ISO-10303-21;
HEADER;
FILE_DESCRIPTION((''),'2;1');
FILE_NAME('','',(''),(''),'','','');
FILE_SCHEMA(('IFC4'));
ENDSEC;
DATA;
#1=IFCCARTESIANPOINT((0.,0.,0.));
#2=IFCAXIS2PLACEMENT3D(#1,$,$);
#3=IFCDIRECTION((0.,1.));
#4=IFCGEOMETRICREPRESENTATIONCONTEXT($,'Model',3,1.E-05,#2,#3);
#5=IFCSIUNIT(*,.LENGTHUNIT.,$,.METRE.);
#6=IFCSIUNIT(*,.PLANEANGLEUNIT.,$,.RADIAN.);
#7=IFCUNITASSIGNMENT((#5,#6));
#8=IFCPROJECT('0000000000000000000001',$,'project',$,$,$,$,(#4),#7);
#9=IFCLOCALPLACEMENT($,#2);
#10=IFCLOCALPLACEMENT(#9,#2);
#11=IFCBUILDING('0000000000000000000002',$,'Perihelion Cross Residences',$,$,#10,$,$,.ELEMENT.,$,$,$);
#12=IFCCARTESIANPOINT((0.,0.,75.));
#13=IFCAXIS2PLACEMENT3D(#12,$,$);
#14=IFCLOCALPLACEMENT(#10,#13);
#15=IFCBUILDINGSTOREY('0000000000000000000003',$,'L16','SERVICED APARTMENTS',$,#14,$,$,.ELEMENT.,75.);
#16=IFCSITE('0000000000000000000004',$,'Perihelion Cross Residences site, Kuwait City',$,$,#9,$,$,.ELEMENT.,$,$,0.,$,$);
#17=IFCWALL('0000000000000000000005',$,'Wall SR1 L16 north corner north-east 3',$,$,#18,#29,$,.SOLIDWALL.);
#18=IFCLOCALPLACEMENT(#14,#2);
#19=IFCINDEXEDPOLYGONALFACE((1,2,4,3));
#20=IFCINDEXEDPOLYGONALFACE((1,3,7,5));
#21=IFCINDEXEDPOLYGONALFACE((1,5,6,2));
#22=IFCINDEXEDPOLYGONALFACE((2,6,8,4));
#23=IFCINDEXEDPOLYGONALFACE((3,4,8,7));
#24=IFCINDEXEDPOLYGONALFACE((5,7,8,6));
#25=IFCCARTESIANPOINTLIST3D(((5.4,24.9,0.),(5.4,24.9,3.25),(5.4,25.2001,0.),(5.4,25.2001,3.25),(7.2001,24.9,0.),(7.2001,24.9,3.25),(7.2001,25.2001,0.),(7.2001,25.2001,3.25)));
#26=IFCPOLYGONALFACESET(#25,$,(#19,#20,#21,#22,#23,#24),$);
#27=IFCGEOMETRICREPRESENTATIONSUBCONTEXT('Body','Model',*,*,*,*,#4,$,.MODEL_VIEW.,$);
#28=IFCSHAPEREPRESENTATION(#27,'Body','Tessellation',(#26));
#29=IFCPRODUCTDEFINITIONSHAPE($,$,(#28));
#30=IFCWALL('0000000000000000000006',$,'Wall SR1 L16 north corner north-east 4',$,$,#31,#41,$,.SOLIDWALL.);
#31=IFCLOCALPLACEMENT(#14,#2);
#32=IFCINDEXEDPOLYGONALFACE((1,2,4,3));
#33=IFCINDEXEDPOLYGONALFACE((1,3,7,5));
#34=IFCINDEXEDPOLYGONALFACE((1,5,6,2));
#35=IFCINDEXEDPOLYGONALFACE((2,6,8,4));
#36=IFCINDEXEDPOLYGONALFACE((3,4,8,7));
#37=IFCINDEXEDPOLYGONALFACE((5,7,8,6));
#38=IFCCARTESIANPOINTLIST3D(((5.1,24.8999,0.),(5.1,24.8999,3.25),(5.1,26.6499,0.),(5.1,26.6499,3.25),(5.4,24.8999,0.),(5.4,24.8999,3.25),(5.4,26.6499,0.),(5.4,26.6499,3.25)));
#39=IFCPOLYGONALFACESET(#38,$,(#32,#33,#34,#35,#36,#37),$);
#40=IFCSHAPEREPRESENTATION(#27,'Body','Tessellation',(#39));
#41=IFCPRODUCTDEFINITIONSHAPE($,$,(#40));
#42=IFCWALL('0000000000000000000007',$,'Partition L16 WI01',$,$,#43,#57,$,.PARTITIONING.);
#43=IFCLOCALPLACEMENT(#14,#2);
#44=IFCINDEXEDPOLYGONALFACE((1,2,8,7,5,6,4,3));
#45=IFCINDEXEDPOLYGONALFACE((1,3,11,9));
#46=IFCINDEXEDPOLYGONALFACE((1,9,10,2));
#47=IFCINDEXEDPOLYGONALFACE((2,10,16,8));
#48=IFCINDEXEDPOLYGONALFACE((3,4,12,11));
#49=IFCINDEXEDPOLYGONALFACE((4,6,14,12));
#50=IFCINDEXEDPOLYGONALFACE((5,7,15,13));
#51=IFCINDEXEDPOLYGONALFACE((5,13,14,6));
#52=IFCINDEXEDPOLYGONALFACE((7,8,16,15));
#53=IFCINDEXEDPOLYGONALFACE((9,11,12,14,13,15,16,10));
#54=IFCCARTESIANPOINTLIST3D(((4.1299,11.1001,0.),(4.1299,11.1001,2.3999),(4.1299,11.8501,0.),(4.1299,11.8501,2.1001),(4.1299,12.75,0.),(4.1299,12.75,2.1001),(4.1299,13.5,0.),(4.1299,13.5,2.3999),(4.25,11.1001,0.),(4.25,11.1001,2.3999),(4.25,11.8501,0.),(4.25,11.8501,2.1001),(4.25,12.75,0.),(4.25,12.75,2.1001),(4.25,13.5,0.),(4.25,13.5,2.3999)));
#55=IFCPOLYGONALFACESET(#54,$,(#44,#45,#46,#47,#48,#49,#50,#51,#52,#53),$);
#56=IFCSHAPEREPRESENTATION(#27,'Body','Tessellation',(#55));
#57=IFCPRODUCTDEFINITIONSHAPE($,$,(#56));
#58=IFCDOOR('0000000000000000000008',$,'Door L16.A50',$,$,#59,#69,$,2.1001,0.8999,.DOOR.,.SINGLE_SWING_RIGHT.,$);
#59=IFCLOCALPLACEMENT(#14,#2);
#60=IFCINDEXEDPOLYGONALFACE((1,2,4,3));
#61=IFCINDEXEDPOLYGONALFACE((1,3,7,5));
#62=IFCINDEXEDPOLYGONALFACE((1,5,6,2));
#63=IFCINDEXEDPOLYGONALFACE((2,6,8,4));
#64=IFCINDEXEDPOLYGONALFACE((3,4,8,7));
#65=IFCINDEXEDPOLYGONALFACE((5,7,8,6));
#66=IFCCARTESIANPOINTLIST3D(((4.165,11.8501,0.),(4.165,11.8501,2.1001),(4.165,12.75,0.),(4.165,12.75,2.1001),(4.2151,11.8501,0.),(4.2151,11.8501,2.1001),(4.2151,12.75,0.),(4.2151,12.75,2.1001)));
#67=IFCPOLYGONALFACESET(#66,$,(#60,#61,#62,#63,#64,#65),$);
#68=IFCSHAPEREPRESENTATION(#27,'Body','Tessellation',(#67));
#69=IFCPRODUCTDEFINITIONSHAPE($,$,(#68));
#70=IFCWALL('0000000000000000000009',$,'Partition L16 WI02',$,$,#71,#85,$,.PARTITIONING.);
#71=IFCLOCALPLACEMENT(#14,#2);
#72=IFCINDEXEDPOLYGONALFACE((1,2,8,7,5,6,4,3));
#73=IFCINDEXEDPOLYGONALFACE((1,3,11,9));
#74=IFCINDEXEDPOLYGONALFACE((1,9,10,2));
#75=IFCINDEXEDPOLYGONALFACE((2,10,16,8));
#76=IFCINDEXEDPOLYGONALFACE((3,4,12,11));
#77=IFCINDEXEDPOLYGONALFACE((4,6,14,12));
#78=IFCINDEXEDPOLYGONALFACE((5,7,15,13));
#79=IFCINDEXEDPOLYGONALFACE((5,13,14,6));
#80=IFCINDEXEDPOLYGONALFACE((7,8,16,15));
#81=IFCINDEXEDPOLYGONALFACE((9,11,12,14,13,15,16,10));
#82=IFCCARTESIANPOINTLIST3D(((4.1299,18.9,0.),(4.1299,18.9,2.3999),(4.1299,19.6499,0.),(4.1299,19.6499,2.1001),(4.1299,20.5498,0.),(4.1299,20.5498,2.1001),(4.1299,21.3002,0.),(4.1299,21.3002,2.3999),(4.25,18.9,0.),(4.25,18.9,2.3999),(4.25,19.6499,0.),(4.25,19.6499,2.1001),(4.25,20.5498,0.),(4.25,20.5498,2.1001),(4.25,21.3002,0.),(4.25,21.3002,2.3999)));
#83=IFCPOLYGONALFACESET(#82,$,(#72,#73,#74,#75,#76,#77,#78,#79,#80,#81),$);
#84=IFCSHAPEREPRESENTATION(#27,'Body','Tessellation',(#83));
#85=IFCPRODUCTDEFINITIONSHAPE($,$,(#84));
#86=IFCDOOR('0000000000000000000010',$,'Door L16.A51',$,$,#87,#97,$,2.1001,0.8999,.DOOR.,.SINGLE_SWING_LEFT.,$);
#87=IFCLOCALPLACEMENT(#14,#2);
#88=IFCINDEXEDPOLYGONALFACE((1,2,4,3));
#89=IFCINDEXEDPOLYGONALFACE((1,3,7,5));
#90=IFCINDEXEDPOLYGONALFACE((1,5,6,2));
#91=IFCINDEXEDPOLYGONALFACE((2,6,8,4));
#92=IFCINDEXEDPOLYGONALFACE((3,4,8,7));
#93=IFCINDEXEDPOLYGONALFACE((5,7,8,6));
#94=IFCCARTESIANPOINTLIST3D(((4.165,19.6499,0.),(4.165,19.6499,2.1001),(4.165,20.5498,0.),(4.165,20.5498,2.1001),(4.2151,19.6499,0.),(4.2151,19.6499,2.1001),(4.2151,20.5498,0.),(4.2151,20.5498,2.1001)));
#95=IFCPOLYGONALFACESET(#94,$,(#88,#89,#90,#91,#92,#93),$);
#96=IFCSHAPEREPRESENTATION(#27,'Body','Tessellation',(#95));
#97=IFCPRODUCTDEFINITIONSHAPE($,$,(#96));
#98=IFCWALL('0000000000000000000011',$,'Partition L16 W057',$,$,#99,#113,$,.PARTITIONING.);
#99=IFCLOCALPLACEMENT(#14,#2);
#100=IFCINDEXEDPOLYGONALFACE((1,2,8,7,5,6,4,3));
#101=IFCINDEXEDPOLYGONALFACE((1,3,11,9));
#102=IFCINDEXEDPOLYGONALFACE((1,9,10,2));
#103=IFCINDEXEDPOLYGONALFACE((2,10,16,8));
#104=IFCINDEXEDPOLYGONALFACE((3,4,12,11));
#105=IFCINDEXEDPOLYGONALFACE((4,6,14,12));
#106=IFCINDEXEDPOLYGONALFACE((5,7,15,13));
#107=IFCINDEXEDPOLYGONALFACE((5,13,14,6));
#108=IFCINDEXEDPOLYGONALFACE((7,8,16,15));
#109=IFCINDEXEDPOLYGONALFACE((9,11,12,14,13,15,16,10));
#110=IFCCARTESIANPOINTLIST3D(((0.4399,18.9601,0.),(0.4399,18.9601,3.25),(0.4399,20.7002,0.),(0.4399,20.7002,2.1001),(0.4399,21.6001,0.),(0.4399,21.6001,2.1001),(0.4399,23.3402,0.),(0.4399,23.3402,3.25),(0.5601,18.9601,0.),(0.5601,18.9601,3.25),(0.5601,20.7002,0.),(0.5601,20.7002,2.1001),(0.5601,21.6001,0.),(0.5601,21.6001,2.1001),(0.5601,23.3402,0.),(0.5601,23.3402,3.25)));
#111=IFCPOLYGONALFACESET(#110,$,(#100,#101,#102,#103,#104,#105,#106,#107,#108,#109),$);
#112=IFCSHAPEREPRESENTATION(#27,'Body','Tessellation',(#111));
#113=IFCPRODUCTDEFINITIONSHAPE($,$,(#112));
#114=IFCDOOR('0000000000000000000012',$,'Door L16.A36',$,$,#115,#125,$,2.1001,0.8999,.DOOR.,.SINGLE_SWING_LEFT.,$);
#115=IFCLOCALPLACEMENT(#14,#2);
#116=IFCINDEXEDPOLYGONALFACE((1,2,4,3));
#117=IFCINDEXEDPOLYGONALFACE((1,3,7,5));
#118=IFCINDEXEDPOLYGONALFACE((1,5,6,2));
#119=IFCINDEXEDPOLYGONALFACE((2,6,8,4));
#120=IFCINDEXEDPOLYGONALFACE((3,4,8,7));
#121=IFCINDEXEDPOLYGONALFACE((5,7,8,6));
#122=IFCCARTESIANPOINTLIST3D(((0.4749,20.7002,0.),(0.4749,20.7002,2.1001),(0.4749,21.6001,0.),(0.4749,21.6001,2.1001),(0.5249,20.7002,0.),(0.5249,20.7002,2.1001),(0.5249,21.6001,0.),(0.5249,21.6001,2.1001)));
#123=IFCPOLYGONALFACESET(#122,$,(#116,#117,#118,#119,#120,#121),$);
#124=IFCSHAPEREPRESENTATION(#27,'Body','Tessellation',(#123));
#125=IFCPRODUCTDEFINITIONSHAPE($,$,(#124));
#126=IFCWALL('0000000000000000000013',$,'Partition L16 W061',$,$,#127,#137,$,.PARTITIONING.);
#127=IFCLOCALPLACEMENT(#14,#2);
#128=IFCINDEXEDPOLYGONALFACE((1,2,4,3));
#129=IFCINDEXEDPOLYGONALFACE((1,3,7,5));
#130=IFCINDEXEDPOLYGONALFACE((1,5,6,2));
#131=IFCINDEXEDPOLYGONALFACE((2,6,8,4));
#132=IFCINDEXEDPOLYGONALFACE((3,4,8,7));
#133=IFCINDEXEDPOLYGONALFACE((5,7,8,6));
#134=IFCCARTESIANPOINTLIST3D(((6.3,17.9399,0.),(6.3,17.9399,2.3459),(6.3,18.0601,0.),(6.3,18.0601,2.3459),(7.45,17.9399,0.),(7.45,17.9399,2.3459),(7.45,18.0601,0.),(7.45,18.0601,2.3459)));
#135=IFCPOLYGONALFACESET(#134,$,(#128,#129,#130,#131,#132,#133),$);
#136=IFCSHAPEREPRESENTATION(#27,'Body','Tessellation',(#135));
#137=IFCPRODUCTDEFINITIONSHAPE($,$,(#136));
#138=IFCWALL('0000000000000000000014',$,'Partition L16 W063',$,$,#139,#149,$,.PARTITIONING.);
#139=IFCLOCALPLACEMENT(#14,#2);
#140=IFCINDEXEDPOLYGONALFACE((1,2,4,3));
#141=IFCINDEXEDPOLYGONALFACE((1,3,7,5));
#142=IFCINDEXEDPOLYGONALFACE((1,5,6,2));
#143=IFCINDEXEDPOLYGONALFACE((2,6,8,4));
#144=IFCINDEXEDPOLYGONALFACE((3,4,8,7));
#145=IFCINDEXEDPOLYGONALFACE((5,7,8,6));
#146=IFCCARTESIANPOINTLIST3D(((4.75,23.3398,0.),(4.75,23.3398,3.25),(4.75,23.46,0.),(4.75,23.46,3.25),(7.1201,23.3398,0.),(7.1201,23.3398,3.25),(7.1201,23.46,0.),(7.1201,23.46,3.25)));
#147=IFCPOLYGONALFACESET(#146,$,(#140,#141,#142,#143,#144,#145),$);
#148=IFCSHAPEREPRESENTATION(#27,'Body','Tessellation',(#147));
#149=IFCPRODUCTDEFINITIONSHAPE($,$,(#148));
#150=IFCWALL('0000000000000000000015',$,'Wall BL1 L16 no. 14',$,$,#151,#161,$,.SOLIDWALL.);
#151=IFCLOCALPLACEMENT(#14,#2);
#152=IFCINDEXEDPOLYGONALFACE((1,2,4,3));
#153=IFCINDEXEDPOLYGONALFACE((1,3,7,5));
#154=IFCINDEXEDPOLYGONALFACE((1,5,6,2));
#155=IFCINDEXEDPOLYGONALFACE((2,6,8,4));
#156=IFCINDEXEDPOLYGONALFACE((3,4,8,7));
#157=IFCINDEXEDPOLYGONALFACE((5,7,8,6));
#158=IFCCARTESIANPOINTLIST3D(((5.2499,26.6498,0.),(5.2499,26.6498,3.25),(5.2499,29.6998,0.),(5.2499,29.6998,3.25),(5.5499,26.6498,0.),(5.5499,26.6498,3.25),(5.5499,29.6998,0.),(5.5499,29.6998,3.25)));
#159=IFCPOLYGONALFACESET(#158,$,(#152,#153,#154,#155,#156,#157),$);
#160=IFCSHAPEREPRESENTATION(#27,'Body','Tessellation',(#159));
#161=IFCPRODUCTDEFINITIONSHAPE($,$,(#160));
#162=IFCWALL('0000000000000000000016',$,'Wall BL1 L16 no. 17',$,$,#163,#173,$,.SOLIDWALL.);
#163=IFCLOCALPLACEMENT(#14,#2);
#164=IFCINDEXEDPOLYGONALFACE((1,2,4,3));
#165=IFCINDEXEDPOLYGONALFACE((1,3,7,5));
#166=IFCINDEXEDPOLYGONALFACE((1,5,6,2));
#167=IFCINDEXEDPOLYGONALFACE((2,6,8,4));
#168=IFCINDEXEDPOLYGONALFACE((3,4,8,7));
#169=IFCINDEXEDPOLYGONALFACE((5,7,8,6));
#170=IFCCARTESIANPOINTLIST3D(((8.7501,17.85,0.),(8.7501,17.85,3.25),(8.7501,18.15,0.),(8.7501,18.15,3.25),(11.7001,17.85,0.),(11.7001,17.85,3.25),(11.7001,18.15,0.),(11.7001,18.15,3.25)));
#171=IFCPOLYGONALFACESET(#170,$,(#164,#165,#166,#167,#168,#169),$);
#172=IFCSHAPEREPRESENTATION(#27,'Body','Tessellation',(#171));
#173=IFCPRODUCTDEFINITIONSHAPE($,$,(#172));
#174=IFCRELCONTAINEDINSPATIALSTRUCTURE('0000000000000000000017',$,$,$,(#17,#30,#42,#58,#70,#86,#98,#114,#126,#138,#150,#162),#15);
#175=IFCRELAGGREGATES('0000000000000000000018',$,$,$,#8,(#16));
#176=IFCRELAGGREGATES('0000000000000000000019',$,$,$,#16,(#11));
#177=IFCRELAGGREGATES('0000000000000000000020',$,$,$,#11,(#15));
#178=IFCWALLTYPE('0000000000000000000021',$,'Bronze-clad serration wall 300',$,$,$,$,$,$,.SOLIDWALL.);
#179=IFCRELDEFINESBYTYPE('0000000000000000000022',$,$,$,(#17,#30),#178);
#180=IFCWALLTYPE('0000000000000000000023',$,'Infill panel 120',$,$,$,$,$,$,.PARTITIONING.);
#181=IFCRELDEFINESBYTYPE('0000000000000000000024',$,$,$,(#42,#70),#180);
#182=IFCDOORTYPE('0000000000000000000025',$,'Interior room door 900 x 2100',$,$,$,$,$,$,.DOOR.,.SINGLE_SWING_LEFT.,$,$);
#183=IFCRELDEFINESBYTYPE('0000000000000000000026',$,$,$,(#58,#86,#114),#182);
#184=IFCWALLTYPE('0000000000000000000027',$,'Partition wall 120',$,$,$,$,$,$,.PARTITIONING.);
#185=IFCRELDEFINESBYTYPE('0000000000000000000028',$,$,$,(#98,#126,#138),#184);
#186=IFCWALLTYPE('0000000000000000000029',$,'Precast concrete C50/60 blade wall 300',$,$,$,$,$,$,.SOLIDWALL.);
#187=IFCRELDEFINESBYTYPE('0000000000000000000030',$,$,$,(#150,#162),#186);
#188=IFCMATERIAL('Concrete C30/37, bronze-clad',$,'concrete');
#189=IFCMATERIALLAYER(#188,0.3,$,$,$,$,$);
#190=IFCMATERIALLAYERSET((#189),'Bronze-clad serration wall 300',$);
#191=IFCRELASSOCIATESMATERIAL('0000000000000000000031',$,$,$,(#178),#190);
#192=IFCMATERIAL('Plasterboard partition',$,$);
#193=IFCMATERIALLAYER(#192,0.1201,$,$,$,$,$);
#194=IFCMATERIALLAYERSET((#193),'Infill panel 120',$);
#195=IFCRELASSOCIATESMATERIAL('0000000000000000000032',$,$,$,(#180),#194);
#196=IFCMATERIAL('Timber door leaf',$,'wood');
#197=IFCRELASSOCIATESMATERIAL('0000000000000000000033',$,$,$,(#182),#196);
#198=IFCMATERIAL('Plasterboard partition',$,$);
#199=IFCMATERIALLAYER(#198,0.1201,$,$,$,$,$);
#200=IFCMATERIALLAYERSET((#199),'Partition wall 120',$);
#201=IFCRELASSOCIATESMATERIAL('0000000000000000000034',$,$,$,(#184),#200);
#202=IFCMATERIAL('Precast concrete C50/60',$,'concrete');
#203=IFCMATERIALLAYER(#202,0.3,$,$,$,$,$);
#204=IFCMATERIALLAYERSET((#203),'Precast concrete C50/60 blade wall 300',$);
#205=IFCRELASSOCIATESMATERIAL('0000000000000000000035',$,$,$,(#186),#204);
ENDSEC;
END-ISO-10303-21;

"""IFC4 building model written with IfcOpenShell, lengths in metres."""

from ifc_helpers import new_model, si_unit, direction, frame, frame_2d, origin, place, context, subcontext, project, spatial, rectangle, extrude, material, layer, layer_set, type_object, element, fill, save


model = new_model("IFC4")

# Units and contexts
model_context = context("Model", 3, precision=1e-05, world=origin(), true_north=direction((0.0, 1.0)))
body_context = subcontext(model_context, "Body", "Model", "MODEL_VIEW")
ifc_project = project(units=[si_unit("LENGTHUNIT", "METRE"), si_unit("PLANEANGLEUNIT", "RADIAN")], contexts=[model_context])

# Site, building, storey
site_placement = place(None, origin())
site = spatial("IfcSite", under=ifc_project, at=site_placement, Name="Perihelion Cross Residences site, Kuwait City", CompositionType="ELEMENT", RefElevation=0.0)
building_placement = place(site_placement, origin())
building = spatial("IfcBuilding", under=site, at=building_placement, Name="Perihelion Cross Residences", CompositionType="ELEMENT")
storey_placement = place(building_placement, frame((0.0, 0.0, 75.0)))
storey = spatial("IfcBuildingStorey", under=building, at=storey_placement, Name="L16", Description="SERVICED APARTMENTS", CompositionType="ELEMENT", Elevation=75.0)

# Walls
ifc_material_1 = material(Name="Concrete C30/37, bronze-clad", Category="concrete")
ifc_layer_1 = layer(ifc_material_1, 0.3)
ifc_layer_set_1 = layer_set([ifc_layer_1], Name="Bronze-clad serration wall 300")
wall_type_1 = type_object("IfcWallType", Name="Bronze-clad serration wall 300", PredefinedType="SOLIDWALL", material=ifc_layer_set_1)
wall_1_placement = place(storey_placement, frame((7.2, 25.05, 0.0), z_axis=(0.0, 0.0, 1.0), x_axis=(-1.0, 0.0, 0.0)))
element("IfcWall", 1, at=wall_1_placement, inside=storey, type_object=wall_type_1, Name="Wall SR1 L16 north corner north-east 3", PredefinedType="SOLIDWALL", context=body_context, shape_type="SweptSolid", body=[
    extrude(rectangle(XDim=1.8, YDim=0.3, at=frame_2d((0.8999, 0.0))), origin(), (0.0, 0.0, 1.0), 3.25),
])
wall_2_placement = place(storey_placement, frame((5.25, 24.8999, 0.0), z_axis=(0.0, 0.0, 1.0), x_axis=(0.0, 1.0, 0.0)))
element("IfcWall", 2, at=wall_2_placement, inside=storey, type_object=wall_type_1, Name="Wall SR1 L16 north corner north-east 4", PredefinedType="SOLIDWALL", context=body_context, shape_type="SweptSolid", body=[
    extrude(rectangle(XDim=1.75, YDim=0.3, at=frame_2d((0.875, 0.0))), origin(), (0.0, 0.0, 1.0), 3.25),
])

# Walls, openings, doors
ifc_material_2 = material(Name="Plasterboard partition")
ifc_layer_2 = layer(ifc_material_2, 0.1201)
ifc_layer_set_2 = layer_set([ifc_layer_2], Name="Infill panel 120")
wall_type_2 = type_object("IfcWallType", Name="Infill panel 120", PredefinedType="PARTITIONING", material=ifc_layer_set_2)
wall_3_placement = place(storey_placement, frame((4.1899, 11.1001, 0.0), z_axis=(0.0, 0.0, 1.0), x_axis=(0.0, 1.0, 0.0)))
wall_3 = element("IfcWall", 3, at=wall_3_placement, inside=storey, type_object=wall_type_2, Name="Partition L16 WI01", PredefinedType="PARTITIONING", context=body_context, shape_type="SweptSolid", body=[
    extrude(rectangle(XDim=2.3999, YDim=0.1201, at=frame_2d((1.2, 0.0))), origin(), (0.0, 0.0, 1.0), 2.3999),
])
opening_1_placement = place(wall_3_placement, frame((0.75, 0.0, 0.0)))
opening_1 = element("IfcOpeningElement", 4, at=opening_1_placement, cuts=wall_3, PredefinedType="OPENING", context=body_context, shape_type="SweptSolid", body=[
    extrude(rectangle(XDim=0.8999, YDim=2.1001, at=frame_2d((0.45, 1.05))), frame((0.0, 0.0701, 0.0), z_axis=(0.0, -1.0, 0.0), x_axis=(1.0, 0.0, 0.0)), (0.0, 0.0, 1.0), 0.1401),
])
ifc_material_3 = material(Name="Timber door leaf", Category="wood")
door_type_1 = type_object("IfcDoorType", Name="Interior room door 900 x 2100", OperationType="SINGLE_SWING_LEFT", PredefinedType="DOOR", material=ifc_material_3)
door_1_placement = place(opening_1_placement, origin())
door_1 = element("IfcDoor", 5, at=door_1_placement, inside=storey, type_object=door_type_1, Name="Door L16.A50", OperationType="SINGLE_SWING_RIGHT", OverallHeight=2.1001, OverallWidth=0.8999, PredefinedType="DOOR", context=body_context, shape_type="SweptSolid", body=[
    extrude(rectangle(XDim=0.8999, YDim=2.1001, at=frame_2d((0.45, 1.05))), frame((0.0, 0.0249, 0.0), z_axis=(0.0, -1.0, 0.0), x_axis=(1.0, 0.0, 0.0)), (0.0, 0.0, 1.0), 0.05),
])
fill(opening_1, door_1)
wall_4_placement = place(storey_placement, frame((4.1899, 18.8999, 0.0), z_axis=(0.0, 0.0, 1.0), x_axis=(0.0, 1.0, 0.0)))
wall_4 = element("IfcWall", 6, at=wall_4_placement, inside=storey, type_object=wall_type_2, Name="Partition L16 WI02", PredefinedType="PARTITIONING", context=body_context, shape_type="SweptSolid", body=[
    extrude(rectangle(XDim=2.4001, YDim=0.1201, at=frame_2d((1.2002, 0.0))), origin(), (0.0, 0.0, 1.0), 2.3999),
])
opening_2_placement = place(wall_4_placement, frame((0.75, 0.0, 0.0)))
opening_2 = element("IfcOpeningElement", 7, at=opening_2_placement, cuts=wall_4, PredefinedType="OPENING", context=body_context, shape_type="SweptSolid", body=[
    extrude(rectangle(XDim=0.8999, YDim=2.1001, at=frame_2d((0.45, 1.05))), frame((0.0, 0.0701, 0.0), z_axis=(0.0, -1.0, 0.0), x_axis=(1.0, 0.0, 0.0)), (0.0, 0.0, 1.0), 0.1401),
])
door_2_placement = place(opening_2_placement, origin())
door_2 = element("IfcDoor", 8, at=door_2_placement, inside=storey, type_object=door_type_1, Name="Door L16.A51", OperationType="SINGLE_SWING_LEFT", OverallHeight=2.1001, OverallWidth=0.8999, PredefinedType="DOOR", context=body_context, shape_type="SweptSolid", body=[
    extrude(rectangle(XDim=0.8999, YDim=2.1001, at=frame_2d((0.45, 1.05))), frame((0.0, 0.0249, 0.0), z_axis=(0.0, -1.0, 0.0), x_axis=(1.0, 0.0, 0.0)), (0.0, 0.0, 1.0), 0.05),
])
fill(opening_2, door_2)
ifc_material_4 = material(Name="Plasterboard partition")
ifc_layer_3 = layer(ifc_material_4, 0.1201)
ifc_layer_set_3 = layer_set([ifc_layer_3], Name="Partition wall 120")
wall_type_3 = type_object("IfcWallType", Name="Partition wall 120", PredefinedType="PARTITIONING", material=ifc_layer_set_3)
wall_5_placement = place(storey_placement, frame((0.5, 23.3401, 0.0), z_axis=(0.0, 0.0, 1.0), x_axis=(0.0, -1.0, 0.0)))
wall_5 = element("IfcWall", 9, at=wall_5_placement, inside=storey, type_object=wall_type_3, Name="Partition L16 W057", PredefinedType="PARTITIONING", context=body_context, shape_type="SweptSolid", body=[
    extrude(rectangle(XDim=4.3801, YDim=0.1201, at=frame_2d((2.1899, 0.0))), origin(), (0.0, 0.0, 1.0), 3.25),
])
opening_3_placement = place(wall_5_placement, frame((1.74, 0.0, 0.0)))
opening_3 = element("IfcOpeningElement", 10, at=opening_3_placement, cuts=wall_5, PredefinedType="OPENING", context=body_context, shape_type="SweptSolid", body=[
    extrude(rectangle(XDim=0.8999, YDim=2.1001, at=frame_2d((0.45, 1.05))), frame((0.0, 0.0701, 0.0), z_axis=(0.0, -1.0, 0.0), x_axis=(1.0, 0.0, 0.0)), (0.0, 0.0, 1.0), 0.1401),
])
door_3_placement = place(opening_3_placement, origin())
door_3 = element("IfcDoor", 11, at=door_3_placement, inside=storey, type_object=door_type_1, Name="Door L16.A36", OperationType="SINGLE_SWING_LEFT", OverallHeight=2.1001, OverallWidth=0.8999, PredefinedType="DOOR", context=body_context, shape_type="SweptSolid", body=[
    extrude(rectangle(XDim=0.8999, YDim=2.1001, at=frame_2d((0.45, 1.05))), frame((0.0, 0.0249, 0.0), z_axis=(0.0, -1.0, 0.0), x_axis=(1.0, 0.0, 0.0)), (0.0, 0.0, 1.0), 0.05),
])
fill(opening_3, door_3)

# Walls
wall_6_placement = place(storey_placement, frame((6.3, 18.0, 0.0), z_axis=(0.0, 0.0, 1.0), x_axis=(1.0, 0.0, 0.0)))
element("IfcWall", 12, at=wall_6_placement, inside=storey, type_object=wall_type_3, Name="Partition L16 W061", PredefinedType="PARTITIONING", context=body_context, shape_type="SweptSolid", body=[
    extrude(rectangle(XDim=1.1499, YDim=0.1201, at=frame_2d((0.575, 0.0))), origin(), (0.0, 0.0, 1.0), 2.3459),
])
wall_7_placement = place(storey_placement, frame((4.75, 23.3999, 0.0), z_axis=(0.0, 0.0, 1.0), x_axis=(1.0, 0.0, 0.0)))
element("IfcWall", 13, at=wall_7_placement, inside=storey, type_object=wall_type_3, Name="Partition L16 W063", PredefinedType="PARTITIONING", context=body_context, shape_type="SweptSolid", body=[
    extrude(rectangle(XDim=2.3701, YDim=0.1201, at=frame_2d((1.1851, 0.0))), origin(), (0.0, 0.0, 1.0), 3.25),
])
ifc_material_5 = material(Name="Precast concrete C50/60", Category="concrete")
ifc_layer_4 = layer(ifc_material_5, 0.3)
ifc_layer_set_4 = layer_set([ifc_layer_4], Name="Precast concrete C50/60 blade wall 300")
wall_type_4 = type_object("IfcWallType", Name="Precast concrete C50/60 blade wall 300", PredefinedType="SOLIDWALL", material=ifc_layer_set_4)
wall_8_placement = place(storey_placement, frame((5.3999, 26.6499, 0.0), z_axis=(0.0, 0.0, 1.0), x_axis=(0.0, 1.0, 0.0)))
element("IfcWall", 14, at=wall_8_placement, inside=storey, type_object=wall_type_4, Name="Wall BL1 L16 no. 14", PredefinedType="SOLIDWALL", context=body_context, shape_type="SweptSolid", body=[
    extrude(rectangle(XDim=3.05, YDim=0.3, at=frame_2d((1.5249, 0.0))), origin(), (0.0, 0.0, 1.0), 3.25),
])
wall_9_placement = place(storey_placement, frame((8.75, 18.0, 0.0), z_axis=(0.0, 0.0, 1.0), x_axis=(1.0, 0.0, 0.0)))
element("IfcWall", 15, at=wall_9_placement, inside=storey, type_object=wall_type_4, Name="Wall BL1 L16 no. 17", PredefinedType="SOLIDWALL", context=body_context, shape_type="SweptSolid", body=[
    extrude(rectangle(XDim=2.95, YDim=0.3, at=frame_2d((1.4751, 0.0))), origin(), (0.0, 0.0, 1.0), 3.25),
])

save(model, "model.ifc")
